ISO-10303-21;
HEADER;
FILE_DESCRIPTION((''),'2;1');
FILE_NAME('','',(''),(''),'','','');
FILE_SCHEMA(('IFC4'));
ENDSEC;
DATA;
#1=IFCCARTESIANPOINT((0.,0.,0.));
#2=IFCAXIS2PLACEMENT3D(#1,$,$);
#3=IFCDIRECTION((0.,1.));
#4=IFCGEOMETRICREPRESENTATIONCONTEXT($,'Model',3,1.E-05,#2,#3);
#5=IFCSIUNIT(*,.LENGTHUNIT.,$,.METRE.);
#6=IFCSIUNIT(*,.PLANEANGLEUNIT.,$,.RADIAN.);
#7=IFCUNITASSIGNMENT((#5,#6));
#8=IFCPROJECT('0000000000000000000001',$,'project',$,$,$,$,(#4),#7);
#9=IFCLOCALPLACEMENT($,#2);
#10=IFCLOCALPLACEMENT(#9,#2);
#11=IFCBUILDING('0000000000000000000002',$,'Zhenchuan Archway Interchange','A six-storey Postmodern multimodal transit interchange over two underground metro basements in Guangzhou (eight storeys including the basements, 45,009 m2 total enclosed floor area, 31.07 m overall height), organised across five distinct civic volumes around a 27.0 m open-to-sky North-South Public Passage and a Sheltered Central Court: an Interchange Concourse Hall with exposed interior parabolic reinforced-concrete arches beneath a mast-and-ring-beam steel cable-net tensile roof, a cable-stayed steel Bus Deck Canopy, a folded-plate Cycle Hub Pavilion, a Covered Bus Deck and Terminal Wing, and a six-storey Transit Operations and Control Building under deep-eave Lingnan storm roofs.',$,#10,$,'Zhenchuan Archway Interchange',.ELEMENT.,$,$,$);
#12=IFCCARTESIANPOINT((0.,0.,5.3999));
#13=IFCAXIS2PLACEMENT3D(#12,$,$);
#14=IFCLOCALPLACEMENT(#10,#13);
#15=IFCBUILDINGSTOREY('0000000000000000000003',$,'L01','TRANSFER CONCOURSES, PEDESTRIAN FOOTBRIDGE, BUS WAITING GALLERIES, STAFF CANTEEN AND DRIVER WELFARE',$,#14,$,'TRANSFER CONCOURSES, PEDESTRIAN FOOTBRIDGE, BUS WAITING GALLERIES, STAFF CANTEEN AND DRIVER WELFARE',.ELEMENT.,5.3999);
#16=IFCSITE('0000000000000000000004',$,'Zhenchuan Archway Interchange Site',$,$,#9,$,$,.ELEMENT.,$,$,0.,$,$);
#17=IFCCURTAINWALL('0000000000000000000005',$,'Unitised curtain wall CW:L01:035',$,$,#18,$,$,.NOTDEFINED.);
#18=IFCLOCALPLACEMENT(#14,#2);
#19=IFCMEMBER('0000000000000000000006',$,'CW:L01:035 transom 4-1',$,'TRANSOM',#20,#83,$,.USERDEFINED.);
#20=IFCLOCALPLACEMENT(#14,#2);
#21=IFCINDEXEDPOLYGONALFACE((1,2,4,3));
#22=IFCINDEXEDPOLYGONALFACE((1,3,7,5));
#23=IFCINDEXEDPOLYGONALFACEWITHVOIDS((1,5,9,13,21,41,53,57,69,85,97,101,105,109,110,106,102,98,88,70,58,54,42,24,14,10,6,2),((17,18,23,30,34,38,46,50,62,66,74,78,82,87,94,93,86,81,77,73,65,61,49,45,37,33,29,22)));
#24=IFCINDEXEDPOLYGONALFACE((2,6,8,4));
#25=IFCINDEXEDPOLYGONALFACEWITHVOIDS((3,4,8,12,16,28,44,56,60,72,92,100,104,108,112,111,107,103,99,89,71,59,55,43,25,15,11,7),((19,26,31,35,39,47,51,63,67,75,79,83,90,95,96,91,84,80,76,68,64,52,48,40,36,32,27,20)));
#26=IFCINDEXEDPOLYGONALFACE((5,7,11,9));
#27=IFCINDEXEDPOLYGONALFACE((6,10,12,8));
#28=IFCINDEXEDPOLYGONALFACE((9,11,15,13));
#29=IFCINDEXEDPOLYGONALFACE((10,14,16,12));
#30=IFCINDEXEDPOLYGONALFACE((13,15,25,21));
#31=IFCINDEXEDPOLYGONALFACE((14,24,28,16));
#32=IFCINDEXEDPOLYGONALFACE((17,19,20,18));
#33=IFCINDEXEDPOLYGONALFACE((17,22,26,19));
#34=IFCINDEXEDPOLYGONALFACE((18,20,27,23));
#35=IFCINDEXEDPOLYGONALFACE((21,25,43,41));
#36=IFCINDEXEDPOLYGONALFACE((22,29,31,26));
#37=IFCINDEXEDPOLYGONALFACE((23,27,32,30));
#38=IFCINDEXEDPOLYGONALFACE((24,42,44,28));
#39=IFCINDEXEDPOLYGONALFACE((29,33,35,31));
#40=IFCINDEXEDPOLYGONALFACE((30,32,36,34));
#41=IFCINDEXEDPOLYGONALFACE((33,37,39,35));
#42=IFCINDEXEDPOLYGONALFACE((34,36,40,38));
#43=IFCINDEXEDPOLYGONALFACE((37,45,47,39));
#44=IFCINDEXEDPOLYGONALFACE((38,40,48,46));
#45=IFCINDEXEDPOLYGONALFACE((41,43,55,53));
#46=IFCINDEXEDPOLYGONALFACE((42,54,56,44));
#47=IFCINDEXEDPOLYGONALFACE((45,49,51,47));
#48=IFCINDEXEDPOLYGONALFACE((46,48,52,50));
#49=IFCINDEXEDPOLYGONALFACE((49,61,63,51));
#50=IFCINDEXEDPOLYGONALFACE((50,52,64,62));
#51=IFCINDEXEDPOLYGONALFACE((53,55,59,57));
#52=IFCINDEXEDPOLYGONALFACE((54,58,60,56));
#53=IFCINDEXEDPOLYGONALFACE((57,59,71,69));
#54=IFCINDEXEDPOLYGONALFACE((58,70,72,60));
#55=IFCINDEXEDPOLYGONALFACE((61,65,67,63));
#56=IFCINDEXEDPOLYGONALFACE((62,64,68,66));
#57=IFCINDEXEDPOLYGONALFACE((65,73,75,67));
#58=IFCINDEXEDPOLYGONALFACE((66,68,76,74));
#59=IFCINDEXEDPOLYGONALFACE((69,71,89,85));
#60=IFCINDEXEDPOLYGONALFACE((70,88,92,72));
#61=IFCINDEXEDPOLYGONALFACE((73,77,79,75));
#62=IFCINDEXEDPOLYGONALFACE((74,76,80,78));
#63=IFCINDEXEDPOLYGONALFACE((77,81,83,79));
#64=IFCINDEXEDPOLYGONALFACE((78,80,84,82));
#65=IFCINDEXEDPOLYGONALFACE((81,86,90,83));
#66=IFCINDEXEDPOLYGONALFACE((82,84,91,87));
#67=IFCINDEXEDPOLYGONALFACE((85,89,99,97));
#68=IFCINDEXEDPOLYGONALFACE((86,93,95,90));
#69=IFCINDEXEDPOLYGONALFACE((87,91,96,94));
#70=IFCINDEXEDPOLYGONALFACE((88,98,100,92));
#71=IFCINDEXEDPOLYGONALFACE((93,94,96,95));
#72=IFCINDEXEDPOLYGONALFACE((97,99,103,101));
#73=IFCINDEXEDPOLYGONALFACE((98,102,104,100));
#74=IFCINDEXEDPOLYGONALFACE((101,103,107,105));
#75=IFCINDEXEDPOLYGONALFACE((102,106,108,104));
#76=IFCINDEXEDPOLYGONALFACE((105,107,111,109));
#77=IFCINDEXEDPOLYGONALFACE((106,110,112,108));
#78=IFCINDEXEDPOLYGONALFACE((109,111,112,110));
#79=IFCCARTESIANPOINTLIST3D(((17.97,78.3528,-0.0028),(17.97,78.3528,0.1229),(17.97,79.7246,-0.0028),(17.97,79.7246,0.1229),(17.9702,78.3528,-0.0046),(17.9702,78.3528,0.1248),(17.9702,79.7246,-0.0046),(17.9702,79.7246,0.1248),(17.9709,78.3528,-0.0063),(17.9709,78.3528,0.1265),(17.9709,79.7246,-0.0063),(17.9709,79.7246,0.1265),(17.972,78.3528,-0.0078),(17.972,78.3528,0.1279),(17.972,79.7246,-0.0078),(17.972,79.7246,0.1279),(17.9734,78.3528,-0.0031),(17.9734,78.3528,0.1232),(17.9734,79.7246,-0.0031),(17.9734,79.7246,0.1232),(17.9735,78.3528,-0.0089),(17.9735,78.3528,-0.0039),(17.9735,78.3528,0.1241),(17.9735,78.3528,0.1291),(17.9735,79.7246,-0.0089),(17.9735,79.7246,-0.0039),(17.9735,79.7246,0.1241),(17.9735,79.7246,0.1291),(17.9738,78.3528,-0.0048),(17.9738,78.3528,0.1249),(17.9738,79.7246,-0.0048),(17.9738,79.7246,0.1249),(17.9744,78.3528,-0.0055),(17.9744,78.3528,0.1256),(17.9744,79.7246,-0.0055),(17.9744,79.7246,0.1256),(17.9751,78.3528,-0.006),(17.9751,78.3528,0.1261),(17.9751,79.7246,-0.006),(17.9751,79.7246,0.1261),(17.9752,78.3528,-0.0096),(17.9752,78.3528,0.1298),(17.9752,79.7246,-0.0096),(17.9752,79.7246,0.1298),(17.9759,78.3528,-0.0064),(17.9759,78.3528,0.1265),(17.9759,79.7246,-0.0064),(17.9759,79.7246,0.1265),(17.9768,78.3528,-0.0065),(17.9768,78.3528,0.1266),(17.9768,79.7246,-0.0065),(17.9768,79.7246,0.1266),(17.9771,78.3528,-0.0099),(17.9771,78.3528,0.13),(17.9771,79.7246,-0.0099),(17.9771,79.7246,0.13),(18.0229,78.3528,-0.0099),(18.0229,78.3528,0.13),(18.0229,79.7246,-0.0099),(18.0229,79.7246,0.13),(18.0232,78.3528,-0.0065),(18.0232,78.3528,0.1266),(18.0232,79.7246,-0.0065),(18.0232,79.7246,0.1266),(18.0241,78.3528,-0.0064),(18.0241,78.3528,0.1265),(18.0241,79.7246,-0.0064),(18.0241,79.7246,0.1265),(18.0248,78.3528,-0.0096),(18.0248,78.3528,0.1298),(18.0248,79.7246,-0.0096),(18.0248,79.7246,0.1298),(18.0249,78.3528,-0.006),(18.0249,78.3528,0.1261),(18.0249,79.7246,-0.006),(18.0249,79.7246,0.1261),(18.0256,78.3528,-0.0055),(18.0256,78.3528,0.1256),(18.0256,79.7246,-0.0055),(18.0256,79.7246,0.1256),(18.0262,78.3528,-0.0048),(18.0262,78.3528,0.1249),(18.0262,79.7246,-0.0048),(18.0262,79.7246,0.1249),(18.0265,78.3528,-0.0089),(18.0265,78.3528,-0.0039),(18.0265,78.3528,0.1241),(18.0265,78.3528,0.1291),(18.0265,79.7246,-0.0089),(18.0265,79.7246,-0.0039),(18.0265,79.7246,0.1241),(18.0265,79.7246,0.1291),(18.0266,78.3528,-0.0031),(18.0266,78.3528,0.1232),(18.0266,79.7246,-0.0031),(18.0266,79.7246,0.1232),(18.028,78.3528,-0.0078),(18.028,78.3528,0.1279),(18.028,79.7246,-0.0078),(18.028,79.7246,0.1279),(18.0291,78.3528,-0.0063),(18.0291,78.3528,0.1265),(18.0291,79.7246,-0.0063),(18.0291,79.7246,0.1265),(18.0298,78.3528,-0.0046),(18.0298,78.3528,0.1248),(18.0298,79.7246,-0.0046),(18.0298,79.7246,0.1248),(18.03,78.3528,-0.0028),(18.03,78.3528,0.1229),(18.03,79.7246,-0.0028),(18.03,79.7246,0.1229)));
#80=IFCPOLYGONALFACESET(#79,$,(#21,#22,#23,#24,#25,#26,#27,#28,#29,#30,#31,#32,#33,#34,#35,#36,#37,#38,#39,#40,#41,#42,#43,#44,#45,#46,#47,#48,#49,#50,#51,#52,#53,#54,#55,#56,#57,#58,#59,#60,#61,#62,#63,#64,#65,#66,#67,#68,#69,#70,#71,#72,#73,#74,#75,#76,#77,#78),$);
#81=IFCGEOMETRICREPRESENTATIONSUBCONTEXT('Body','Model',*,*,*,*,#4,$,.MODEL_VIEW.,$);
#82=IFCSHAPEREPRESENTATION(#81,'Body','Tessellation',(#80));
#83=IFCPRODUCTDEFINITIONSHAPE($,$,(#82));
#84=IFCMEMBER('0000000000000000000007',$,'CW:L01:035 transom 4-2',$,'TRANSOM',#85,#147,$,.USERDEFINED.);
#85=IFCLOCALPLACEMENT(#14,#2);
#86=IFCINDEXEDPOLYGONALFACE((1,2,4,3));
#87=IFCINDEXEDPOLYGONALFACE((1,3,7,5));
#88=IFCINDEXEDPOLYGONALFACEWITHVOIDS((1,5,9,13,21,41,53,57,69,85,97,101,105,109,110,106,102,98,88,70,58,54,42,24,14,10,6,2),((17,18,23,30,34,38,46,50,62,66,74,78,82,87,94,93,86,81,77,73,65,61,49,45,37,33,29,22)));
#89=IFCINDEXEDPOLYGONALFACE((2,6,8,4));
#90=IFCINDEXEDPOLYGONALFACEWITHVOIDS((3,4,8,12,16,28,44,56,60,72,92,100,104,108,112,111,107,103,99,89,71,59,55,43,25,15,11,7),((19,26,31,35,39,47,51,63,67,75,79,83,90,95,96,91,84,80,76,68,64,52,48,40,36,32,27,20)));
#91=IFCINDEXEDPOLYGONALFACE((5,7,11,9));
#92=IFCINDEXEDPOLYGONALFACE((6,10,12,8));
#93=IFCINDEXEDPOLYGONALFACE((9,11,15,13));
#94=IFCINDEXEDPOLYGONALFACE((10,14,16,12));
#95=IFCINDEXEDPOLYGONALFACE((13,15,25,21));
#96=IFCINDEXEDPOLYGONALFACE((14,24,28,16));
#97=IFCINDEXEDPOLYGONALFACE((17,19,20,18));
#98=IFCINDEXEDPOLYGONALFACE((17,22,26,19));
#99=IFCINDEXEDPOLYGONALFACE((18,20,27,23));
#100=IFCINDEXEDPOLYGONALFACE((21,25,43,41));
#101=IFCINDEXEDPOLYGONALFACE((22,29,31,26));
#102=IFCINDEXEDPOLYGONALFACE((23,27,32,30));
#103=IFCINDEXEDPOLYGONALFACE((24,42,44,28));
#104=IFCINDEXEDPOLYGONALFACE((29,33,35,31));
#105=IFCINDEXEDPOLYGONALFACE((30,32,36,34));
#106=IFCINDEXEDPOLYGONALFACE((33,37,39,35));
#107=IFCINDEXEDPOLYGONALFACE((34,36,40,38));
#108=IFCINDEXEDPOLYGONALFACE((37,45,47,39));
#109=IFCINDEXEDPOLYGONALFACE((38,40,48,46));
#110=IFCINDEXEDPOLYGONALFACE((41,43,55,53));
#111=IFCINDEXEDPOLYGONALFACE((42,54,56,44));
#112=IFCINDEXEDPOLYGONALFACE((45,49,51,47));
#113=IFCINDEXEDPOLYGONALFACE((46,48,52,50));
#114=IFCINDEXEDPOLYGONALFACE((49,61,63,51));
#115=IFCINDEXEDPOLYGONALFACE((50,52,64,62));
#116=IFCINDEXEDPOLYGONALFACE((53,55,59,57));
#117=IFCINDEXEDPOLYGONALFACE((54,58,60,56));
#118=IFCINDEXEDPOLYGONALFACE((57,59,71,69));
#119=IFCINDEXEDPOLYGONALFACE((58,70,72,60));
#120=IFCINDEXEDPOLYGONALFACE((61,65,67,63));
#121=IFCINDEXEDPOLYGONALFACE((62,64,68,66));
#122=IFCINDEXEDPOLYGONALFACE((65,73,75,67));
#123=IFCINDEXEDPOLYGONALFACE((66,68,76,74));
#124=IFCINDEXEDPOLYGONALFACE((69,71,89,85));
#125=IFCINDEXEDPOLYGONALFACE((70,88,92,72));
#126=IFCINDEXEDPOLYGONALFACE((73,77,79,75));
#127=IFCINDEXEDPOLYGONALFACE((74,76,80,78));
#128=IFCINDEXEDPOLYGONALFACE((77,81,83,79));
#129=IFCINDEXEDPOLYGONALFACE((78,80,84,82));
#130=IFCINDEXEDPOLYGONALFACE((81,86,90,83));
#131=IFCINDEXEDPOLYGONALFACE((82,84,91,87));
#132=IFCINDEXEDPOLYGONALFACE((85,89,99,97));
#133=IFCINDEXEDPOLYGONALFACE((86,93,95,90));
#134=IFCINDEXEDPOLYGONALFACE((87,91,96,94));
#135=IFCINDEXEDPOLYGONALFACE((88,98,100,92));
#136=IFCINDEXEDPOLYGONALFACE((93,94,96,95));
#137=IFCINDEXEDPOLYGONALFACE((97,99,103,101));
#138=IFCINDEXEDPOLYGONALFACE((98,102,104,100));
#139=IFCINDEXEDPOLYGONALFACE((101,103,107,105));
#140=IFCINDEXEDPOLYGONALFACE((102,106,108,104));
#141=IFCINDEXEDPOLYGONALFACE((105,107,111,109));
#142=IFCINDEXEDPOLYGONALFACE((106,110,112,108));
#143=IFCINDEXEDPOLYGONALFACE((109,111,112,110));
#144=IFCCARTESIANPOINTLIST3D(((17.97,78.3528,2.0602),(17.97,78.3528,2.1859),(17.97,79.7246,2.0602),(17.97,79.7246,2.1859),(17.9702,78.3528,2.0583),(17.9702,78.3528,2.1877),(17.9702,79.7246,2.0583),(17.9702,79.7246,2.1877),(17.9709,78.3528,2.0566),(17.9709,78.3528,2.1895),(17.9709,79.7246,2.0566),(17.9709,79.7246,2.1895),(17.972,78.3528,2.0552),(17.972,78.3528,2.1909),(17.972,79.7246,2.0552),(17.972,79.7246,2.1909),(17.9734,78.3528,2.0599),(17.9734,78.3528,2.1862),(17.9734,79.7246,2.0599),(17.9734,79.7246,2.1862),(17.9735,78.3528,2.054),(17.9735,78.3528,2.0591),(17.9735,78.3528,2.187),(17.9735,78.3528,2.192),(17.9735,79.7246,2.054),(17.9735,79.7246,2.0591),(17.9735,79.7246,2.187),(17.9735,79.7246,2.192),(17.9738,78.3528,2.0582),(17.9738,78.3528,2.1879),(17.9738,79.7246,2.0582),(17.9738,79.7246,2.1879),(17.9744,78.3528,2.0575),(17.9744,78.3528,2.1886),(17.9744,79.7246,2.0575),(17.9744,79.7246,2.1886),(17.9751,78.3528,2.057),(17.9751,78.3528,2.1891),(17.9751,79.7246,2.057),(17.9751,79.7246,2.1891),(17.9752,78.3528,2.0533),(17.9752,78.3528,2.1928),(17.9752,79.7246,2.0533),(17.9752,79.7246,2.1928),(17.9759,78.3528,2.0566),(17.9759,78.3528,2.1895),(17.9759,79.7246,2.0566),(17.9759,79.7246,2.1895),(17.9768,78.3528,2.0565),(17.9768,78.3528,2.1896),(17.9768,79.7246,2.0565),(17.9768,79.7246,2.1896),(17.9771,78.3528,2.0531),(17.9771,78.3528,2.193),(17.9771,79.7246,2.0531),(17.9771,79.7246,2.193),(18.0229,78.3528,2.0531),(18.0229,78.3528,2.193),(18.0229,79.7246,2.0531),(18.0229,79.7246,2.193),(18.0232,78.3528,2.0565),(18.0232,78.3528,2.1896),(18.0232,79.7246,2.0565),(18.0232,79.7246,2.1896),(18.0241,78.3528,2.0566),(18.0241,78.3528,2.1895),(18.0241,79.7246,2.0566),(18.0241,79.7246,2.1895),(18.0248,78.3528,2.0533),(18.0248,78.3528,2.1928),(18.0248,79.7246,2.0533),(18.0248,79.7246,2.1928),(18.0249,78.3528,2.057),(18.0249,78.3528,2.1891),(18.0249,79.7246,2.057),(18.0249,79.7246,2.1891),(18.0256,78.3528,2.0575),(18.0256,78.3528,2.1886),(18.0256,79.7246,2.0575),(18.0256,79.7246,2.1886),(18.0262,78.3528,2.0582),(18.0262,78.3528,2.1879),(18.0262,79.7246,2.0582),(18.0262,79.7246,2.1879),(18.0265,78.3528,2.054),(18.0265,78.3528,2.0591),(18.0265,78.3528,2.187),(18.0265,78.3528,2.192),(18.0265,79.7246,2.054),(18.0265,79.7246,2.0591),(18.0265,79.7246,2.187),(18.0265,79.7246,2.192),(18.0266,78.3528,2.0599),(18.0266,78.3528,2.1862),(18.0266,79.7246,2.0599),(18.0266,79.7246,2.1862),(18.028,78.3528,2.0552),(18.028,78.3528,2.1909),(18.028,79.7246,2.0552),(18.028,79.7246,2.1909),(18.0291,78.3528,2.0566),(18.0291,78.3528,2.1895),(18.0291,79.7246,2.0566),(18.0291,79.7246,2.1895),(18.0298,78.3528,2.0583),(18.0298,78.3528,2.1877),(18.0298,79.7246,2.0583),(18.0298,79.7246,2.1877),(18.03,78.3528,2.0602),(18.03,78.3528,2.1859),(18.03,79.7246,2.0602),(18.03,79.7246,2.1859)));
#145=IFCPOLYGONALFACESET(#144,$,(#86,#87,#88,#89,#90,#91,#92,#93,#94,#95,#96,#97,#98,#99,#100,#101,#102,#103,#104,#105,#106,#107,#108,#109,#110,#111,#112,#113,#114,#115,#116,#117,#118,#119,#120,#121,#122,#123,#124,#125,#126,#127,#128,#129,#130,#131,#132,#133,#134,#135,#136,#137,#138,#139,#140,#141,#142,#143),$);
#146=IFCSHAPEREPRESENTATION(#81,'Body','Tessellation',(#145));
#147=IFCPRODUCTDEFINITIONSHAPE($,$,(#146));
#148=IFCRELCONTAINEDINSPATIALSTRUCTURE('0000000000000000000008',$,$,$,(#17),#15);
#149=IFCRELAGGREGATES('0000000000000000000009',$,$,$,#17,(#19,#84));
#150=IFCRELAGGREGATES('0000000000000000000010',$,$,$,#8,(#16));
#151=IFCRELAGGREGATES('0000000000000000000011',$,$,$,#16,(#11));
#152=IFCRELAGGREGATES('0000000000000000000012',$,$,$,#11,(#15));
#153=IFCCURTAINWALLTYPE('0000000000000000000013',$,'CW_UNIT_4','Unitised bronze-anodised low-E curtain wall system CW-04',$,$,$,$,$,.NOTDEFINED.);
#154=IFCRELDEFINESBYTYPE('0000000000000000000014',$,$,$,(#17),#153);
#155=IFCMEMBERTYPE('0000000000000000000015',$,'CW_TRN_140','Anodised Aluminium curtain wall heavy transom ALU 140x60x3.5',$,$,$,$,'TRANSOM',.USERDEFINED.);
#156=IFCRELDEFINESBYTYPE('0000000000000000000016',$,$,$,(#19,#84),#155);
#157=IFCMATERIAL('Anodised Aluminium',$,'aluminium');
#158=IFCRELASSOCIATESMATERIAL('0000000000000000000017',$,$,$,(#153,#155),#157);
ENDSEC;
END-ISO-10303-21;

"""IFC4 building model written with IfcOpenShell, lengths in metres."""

from ifc_helpers import new_model, si_unit, direction, frame, origin, origin_2d, place, context, subcontext, project, spatial, hollow_rectangle, extrude, material, material_profile, profile_set, type_object, element, aggregate, save


model = new_model("IFC4")

# Units and contexts
model_context = context("Model", 3, precision=1e-05, world=origin(), true_north=direction((0.0, 1.0)))
body_context = subcontext(model_context, "Body", "Model", "MODEL_VIEW")
ifc_project = project(units=[si_unit("LENGTHUNIT", "METRE"), si_unit("PLANEANGLEUNIT", "RADIAN")], contexts=[model_context])

# Site, building, storey
site_placement = place(None, origin())
site = spatial("IfcSite", under=ifc_project, at=site_placement, Name="Zhenchuan Archway Interchange Site", CompositionType="ELEMENT", RefElevation=0.0)
building_placement = place(site_placement, origin())
building = spatial("IfcBuilding", under=site, at=building_placement, Name="Zhenchuan Archway Interchange", Description="A six-storey Postmodern multimodal transit interchange over two underground metro basements in Guangzhou (eight storeys including the basements, 45,009 m2 total enclosed floor area, 31.07 m overall height), organised across five distinct civic volumes around a 27.0 m open-to-sky North-South Public Passage and a Sheltered Central Court: an Interchange Concourse Hall with exposed interior parabolic reinforced-concrete arches beneath a mast-and-ring-beam steel cable-net tensile roof, a cable-stayed steel Bus Deck Canopy, a folded-plate Cycle Hub Pavilion, a Covered Bus Deck and Terminal Wing, and a six-storey Transit Operations and Control Building under deep-eave Lingnan storm roofs.", LongName="Zhenchuan Archway Interchange", CompositionType="ELEMENT")
storey_placement = place(building_placement, frame((0.0, 0.0, 5.3999)))
storey = spatial("IfcBuildingStorey", under=building, at=storey_placement, Name="L01", Description="TRANSFER CONCOURSES, PEDESTRIAN FOOTBRIDGE, BUS WAITING GALLERIES, STAFF CANTEEN AND DRIVER WELFARE", LongName="TRANSFER CONCOURSES, PEDESTRIAN FOOTBRIDGE, BUS WAITING GALLERIES, STAFF CANTEEN AND DRIVER WELFARE", CompositionType="ELEMENT", Elevation=5.3999)

# Curtain wall, members
ifc_material_1 = material(Name="Anodised Aluminium", Category="aluminium")
curtain_wall_type = type_object("IfcCurtainWallType", Name="CW_UNIT_4", Description="Unitised bronze-anodised low-E curtain wall system CW-04", PredefinedType="NOTDEFINED", material=ifc_material_1)
curtain_wall_placement = place(storey_placement, origin())
curtain_wall = element("IfcCurtainWall", 1, at=curtain_wall_placement, inside=storey, type_object=curtain_wall_type, Name="Unitised curtain wall CW:L01:035", PredefinedType="NOTDEFINED")
ifc_material_profile_1 = material_profile(ifc_material_1, hollow_rectangle(XDim=0.0601, YDim=0.1399, WallThickness=0.0034, InnerFilletRadius=0.0034, OuterFilletRadius=0.0071, at=origin_2d()), Name="ALU 140x60x3.5")
ifc_profile_set_1 = profile_set([ifc_material_profile_1], Name="Anodised Aluminium")
member_type_1 = type_object("IfcMemberType", Name="CW_TRN_140", Description="Anodised Aluminium curtain wall heavy transom ALU 140x60x3.5", ElementType="TRANSOM", PredefinedType="USERDEFINED", material=ifc_profile_set_1)
member_1_placement = place(storey_placement, frame((18.0, 78.3528, 0.0601), z_axis=(0.0, 1.0, 0.0), x_axis=(-1.0, 0.0, 0.0)))
member_1 = element("IfcMember", 2, at=member_1_placement, type_object=member_type_1, Name="CW:L01:035 transom 4-1", ObjectType="TRANSOM", PredefinedType="USERDEFINED", context=body_context, shape_type="SweptSolid", body=[
    extrude(hollow_rectangle(XDim=0.0601, YDim=0.1399, WallThickness=0.0034, InnerFilletRadius=0.0034, OuterFilletRadius=0.0071, at=origin_2d()), origin(), (0.0, 0.0, 1.0), 1.3718),
])
member_2_placement = place(storey_placement, frame((18.0, 78.3528, 2.123), z_axis=(0.0, 1.0, 0.0), x_axis=(-1.0, 0.0, 0.0)))
member_2 = element("IfcMember", 3, at=member_2_placement, type_object=member_type_1, Name="CW:L01:035 transom 4-2", ObjectType="TRANSOM", PredefinedType="USERDEFINED", context=body_context, shape_type="SweptSolid", body=[
    extrude(hollow_rectangle(XDim=0.0601, YDim=0.1399, WallThickness=0.0034, InnerFilletRadius=0.0034, OuterFilletRadius=0.0071, at=origin_2d()), origin(), (0.0, 0.0, 1.0), 1.3718),
])
aggregate(curtain_wall, [member_1, member_2])

save(model, "model.ifc")
